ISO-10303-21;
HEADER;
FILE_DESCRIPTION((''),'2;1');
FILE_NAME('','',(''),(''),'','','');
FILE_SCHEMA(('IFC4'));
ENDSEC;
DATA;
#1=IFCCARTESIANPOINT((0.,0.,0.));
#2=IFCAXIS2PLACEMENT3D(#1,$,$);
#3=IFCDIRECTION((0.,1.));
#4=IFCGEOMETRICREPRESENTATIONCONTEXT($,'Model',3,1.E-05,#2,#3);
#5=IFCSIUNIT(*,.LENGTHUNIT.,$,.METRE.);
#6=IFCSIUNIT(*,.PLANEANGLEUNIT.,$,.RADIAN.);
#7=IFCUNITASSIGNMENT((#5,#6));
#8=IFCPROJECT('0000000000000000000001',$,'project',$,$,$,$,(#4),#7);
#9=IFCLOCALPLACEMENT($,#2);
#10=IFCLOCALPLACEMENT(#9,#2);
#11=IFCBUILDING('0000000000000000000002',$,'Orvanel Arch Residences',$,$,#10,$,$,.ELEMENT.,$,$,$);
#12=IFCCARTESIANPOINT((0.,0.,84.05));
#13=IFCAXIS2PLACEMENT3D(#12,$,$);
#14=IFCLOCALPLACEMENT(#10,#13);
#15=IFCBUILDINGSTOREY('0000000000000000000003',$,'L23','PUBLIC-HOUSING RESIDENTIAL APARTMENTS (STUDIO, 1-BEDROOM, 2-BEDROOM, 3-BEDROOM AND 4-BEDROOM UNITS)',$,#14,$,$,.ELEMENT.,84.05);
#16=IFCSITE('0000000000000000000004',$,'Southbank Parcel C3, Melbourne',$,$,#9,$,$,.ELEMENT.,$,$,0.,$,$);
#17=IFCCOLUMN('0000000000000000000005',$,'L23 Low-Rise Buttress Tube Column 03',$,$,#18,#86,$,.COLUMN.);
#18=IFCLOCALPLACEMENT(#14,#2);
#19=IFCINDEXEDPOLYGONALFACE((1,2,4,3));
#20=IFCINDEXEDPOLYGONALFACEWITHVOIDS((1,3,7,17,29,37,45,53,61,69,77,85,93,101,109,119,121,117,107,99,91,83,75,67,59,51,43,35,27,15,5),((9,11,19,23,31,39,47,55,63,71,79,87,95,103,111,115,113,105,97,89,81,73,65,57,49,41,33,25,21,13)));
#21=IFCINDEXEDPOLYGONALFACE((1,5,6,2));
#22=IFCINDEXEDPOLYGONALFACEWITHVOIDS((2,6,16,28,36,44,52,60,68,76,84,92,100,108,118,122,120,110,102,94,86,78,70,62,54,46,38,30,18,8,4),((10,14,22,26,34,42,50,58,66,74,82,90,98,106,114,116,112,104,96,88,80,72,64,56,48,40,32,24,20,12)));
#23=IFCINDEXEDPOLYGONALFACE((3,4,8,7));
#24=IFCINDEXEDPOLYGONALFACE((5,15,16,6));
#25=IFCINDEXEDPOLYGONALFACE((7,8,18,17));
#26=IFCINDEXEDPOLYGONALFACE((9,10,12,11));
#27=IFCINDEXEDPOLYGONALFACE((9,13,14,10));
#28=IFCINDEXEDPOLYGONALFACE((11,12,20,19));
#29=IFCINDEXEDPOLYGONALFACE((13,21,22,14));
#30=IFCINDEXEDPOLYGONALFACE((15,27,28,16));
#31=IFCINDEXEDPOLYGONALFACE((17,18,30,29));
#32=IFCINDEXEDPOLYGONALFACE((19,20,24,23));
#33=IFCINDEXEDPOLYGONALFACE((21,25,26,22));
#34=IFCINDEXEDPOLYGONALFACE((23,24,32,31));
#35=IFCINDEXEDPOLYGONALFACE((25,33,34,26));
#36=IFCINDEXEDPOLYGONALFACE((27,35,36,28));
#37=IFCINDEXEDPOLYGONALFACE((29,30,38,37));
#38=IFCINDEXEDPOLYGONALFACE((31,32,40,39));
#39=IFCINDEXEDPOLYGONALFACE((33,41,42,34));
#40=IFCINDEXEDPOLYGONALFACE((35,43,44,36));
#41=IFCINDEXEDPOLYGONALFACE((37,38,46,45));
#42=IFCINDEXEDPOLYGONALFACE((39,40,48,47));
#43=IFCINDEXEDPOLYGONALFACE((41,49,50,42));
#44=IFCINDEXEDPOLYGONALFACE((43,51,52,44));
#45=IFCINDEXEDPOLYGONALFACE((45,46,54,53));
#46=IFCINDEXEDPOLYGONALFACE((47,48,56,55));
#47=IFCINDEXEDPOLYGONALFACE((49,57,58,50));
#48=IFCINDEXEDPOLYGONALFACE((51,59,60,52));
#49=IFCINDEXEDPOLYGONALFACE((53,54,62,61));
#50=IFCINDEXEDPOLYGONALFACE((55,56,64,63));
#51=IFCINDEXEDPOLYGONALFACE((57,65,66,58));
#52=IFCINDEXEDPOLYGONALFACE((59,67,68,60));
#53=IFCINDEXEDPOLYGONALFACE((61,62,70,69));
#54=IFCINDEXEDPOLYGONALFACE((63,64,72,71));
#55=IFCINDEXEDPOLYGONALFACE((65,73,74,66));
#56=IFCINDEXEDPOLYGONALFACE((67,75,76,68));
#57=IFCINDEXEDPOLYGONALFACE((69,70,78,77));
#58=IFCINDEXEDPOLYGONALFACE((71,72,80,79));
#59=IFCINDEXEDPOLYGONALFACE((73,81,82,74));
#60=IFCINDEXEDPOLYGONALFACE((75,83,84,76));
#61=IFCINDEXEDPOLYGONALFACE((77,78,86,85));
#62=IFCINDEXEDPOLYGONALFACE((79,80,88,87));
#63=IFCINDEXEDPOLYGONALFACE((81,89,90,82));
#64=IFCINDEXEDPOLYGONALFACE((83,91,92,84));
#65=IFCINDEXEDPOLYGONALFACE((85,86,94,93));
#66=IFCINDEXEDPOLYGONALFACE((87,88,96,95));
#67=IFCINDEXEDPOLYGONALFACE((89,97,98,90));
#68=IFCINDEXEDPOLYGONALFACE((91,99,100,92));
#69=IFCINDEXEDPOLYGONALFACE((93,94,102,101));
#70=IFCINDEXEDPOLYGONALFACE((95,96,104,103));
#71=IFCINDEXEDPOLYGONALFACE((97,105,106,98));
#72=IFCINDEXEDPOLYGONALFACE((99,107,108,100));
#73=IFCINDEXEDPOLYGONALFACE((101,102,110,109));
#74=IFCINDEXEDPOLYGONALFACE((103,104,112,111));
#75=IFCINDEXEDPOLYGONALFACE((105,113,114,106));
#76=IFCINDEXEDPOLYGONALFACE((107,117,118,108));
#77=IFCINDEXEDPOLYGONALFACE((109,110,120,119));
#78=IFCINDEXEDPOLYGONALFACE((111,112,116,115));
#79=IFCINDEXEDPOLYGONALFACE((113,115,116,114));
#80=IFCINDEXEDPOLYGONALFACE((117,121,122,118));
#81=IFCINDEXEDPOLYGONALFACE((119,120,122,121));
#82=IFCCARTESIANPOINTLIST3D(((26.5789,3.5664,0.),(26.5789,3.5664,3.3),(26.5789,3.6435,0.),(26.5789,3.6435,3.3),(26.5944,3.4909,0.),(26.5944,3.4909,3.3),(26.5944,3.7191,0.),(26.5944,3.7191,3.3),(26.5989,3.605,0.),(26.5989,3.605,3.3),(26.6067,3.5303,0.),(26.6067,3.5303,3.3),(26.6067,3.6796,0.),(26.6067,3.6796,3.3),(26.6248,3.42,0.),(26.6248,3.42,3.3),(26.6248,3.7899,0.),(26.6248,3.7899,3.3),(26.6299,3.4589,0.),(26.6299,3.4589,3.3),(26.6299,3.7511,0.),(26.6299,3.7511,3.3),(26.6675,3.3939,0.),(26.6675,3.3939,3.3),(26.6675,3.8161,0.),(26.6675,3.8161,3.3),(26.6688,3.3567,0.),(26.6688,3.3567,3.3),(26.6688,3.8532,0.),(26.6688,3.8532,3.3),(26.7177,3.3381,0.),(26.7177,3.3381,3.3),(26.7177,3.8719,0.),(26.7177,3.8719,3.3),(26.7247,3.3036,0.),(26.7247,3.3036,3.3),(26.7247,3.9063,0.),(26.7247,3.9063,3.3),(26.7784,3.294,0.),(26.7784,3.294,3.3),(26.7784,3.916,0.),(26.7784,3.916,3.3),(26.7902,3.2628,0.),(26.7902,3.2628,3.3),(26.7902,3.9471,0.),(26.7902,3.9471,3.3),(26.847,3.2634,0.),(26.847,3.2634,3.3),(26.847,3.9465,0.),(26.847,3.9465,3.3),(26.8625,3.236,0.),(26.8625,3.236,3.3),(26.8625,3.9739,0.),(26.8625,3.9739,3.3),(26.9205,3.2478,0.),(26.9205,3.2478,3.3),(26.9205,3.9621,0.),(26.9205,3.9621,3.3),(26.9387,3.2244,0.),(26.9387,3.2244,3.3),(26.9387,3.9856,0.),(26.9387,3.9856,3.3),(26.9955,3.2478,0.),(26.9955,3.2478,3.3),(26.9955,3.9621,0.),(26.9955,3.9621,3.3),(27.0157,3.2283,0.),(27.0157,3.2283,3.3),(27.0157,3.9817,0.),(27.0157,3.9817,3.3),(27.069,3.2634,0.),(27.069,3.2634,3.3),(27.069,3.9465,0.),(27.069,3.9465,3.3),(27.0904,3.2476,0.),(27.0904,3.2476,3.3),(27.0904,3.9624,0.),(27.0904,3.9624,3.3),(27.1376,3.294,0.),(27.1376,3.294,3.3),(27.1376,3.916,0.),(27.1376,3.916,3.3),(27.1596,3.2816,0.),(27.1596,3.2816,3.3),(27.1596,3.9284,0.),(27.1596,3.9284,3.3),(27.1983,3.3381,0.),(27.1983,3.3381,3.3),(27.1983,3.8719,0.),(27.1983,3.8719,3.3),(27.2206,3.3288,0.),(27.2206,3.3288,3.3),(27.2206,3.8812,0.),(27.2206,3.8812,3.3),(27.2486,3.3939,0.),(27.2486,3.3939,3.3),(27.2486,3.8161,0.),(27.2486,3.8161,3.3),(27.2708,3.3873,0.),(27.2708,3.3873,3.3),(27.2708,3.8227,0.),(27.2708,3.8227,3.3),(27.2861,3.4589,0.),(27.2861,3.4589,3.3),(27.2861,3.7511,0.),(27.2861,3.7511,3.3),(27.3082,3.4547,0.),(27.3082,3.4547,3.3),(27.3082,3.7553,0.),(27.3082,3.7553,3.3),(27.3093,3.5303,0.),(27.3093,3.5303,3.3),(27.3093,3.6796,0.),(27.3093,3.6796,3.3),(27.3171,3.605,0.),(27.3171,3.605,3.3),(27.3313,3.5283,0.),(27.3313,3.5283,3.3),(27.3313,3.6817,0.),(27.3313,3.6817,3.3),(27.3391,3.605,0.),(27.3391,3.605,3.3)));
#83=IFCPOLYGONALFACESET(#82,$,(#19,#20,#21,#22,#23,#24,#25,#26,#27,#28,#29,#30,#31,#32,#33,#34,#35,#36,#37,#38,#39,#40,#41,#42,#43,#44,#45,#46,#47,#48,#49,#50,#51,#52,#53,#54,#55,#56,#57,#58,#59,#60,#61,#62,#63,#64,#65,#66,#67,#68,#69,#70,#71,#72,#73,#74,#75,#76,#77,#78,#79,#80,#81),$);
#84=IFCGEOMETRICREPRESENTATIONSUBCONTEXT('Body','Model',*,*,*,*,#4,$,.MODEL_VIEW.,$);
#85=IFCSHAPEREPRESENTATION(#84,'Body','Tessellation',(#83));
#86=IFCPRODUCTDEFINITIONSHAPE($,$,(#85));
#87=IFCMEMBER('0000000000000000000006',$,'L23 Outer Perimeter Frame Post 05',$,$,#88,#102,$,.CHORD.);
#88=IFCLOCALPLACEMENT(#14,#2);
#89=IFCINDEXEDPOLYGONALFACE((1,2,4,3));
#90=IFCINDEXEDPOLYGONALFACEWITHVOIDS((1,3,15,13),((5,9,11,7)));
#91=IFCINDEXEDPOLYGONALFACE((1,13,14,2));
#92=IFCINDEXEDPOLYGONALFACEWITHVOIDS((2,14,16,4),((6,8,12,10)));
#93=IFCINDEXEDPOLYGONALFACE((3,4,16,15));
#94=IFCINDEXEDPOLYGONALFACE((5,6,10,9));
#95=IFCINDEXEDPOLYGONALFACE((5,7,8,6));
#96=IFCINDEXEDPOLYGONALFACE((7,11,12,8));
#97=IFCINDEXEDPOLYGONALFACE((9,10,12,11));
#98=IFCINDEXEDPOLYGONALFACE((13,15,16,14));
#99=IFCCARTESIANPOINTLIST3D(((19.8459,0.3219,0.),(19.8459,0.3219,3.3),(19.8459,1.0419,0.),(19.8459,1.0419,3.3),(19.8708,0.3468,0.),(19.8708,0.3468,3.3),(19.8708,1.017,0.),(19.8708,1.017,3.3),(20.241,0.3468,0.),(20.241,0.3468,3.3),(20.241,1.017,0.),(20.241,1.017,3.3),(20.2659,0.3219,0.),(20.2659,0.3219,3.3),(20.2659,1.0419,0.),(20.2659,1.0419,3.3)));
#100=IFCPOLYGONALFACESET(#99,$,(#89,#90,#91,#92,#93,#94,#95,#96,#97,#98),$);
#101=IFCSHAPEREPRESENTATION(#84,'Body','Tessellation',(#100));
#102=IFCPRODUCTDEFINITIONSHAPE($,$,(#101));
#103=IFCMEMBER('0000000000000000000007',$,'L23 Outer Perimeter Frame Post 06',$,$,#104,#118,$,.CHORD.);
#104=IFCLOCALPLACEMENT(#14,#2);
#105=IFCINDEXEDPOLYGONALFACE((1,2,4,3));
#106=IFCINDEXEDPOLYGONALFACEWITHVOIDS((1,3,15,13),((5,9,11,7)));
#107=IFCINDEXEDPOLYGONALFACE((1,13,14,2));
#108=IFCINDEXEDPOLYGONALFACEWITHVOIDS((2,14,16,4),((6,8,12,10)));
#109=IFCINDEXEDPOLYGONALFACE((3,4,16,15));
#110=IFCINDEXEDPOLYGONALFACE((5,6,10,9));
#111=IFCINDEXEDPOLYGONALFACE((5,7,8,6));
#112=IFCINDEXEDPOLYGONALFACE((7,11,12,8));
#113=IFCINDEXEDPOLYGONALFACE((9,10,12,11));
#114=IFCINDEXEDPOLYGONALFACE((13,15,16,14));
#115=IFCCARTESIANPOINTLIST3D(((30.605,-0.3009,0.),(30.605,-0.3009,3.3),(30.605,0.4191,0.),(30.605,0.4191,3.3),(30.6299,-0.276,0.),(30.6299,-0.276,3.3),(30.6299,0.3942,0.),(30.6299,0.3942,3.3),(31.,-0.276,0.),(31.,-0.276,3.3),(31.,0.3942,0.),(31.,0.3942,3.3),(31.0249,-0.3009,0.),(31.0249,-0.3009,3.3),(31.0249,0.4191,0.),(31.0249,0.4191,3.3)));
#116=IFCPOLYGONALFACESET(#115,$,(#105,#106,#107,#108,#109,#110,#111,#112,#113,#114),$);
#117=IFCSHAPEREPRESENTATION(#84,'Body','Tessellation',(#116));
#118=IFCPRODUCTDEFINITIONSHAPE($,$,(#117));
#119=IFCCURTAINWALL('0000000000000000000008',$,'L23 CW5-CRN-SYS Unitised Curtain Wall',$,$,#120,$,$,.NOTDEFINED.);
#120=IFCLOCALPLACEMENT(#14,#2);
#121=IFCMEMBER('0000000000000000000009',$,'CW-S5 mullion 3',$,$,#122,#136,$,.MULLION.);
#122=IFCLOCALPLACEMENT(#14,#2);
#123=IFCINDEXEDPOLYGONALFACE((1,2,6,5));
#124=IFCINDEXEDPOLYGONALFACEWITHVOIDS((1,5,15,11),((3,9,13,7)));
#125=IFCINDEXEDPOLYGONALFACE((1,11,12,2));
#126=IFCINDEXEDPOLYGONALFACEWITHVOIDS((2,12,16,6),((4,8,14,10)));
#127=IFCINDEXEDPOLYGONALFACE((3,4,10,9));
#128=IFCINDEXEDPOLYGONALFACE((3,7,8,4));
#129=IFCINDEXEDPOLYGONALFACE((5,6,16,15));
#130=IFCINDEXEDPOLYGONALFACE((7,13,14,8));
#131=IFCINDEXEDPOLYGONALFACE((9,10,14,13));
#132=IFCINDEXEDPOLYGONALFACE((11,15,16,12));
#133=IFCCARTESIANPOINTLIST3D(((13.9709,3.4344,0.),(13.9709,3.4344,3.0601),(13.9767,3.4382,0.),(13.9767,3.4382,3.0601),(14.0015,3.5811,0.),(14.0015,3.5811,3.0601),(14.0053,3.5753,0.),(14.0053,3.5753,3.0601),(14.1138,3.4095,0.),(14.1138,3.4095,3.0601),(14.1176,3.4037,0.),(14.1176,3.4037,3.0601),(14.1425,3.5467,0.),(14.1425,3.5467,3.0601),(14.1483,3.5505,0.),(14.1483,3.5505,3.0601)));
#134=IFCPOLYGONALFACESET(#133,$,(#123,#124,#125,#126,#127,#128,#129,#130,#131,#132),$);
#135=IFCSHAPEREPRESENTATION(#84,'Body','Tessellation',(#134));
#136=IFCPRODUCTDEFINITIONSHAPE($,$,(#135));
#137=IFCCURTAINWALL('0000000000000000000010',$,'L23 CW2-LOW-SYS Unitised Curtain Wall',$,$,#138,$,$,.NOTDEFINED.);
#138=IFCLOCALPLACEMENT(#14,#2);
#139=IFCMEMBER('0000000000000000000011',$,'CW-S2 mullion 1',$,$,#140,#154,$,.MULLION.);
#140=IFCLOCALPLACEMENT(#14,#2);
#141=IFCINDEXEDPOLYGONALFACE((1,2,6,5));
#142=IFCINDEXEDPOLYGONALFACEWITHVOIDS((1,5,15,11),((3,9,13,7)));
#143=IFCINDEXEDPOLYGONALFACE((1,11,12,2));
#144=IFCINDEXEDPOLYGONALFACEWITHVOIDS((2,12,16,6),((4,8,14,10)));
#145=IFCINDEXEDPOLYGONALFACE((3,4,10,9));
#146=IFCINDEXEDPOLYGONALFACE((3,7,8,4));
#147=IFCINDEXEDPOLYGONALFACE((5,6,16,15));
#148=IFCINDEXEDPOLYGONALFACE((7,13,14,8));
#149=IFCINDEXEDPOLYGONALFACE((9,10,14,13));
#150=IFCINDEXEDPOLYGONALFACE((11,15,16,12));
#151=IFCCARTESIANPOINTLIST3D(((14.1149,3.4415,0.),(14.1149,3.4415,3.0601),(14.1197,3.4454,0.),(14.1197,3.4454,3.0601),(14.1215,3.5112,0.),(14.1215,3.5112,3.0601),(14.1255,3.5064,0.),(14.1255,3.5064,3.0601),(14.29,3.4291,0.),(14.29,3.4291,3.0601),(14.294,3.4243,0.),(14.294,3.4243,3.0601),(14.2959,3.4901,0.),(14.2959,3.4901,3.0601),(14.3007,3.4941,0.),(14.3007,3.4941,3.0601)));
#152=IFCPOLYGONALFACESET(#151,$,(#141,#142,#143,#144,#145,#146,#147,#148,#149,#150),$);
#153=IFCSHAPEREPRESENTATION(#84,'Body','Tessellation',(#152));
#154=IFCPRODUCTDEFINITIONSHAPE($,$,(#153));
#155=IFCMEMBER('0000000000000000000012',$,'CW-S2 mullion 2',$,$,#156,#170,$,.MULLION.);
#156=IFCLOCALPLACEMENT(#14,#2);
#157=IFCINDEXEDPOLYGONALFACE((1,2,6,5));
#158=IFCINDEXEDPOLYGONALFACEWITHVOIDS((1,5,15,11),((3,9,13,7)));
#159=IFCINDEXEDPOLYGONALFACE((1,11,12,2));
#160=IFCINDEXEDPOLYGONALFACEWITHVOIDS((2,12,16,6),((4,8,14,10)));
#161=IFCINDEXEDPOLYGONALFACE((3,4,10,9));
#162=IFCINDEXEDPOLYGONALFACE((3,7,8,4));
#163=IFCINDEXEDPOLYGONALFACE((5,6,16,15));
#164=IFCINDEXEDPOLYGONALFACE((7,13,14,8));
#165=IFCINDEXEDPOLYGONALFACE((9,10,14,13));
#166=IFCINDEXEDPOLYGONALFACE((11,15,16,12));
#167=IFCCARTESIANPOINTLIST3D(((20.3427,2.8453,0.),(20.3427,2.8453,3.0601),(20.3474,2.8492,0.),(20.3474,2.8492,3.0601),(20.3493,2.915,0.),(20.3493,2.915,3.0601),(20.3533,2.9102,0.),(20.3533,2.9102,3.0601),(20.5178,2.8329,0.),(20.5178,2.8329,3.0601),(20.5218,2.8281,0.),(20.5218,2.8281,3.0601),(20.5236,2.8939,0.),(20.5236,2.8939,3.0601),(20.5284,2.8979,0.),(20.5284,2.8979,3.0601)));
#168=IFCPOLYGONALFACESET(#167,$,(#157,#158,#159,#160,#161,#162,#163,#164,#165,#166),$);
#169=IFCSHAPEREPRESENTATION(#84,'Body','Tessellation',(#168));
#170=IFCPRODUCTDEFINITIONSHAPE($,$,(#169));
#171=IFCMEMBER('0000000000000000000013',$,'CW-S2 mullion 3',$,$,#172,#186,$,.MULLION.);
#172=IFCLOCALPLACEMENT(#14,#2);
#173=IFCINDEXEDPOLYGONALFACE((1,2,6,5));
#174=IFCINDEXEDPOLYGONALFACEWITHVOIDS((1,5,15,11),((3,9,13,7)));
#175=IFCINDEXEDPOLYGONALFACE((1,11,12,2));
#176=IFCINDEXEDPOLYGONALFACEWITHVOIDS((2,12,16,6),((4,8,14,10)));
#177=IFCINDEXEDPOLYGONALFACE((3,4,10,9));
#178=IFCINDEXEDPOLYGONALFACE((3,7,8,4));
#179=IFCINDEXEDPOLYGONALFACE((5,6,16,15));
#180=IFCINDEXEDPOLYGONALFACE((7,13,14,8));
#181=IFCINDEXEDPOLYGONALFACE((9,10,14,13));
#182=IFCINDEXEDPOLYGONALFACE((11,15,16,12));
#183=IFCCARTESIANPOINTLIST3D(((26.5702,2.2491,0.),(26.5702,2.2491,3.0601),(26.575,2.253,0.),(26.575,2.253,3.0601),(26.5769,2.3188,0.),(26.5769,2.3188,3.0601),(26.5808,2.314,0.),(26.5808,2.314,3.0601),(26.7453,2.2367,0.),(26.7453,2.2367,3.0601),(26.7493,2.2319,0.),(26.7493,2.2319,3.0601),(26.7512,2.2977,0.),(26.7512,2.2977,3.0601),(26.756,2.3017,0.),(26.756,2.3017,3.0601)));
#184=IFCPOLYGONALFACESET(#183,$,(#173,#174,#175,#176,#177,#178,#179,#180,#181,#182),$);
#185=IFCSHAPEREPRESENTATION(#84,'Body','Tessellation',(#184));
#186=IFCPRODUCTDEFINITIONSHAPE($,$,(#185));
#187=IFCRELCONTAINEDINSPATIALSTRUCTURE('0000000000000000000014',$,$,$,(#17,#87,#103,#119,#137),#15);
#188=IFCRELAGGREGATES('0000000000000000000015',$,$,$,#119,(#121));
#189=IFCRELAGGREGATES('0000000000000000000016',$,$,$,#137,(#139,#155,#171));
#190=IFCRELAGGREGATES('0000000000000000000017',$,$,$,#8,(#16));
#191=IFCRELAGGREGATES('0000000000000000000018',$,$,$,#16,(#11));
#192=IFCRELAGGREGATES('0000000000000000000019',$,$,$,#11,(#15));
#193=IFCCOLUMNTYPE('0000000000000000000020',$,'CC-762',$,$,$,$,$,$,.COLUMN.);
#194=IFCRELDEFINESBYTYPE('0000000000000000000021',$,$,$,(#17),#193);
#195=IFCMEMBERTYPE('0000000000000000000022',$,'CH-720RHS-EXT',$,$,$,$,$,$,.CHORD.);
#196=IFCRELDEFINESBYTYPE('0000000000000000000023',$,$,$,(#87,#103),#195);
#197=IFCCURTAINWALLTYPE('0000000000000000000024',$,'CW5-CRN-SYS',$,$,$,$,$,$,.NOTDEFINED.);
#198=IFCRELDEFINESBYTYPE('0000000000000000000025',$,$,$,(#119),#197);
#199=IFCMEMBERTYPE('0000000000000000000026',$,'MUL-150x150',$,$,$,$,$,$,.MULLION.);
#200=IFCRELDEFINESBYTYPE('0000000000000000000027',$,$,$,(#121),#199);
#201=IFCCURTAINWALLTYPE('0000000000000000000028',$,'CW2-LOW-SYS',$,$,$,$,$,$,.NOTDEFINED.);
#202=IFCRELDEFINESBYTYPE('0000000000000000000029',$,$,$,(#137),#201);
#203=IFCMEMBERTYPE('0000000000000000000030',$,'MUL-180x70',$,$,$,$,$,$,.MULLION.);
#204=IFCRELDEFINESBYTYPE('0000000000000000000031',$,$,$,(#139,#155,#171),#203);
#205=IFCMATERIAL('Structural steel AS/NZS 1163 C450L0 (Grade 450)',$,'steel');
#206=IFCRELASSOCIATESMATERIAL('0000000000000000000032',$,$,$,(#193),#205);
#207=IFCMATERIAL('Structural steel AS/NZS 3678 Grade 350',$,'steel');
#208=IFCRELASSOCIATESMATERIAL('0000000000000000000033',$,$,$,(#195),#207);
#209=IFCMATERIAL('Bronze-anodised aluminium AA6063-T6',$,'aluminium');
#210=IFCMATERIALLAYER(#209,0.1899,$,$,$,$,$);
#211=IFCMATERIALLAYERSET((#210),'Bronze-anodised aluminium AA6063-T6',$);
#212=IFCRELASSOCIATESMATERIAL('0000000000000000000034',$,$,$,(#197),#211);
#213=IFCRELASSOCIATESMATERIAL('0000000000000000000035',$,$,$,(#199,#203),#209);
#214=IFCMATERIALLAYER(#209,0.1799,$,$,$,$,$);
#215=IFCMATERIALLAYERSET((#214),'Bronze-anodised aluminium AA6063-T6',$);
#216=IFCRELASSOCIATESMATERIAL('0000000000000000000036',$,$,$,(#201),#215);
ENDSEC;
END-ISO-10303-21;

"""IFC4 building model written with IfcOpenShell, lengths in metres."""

from ifc_helpers import new_model, si_unit, direction, frame, origin, origin_2d, place, context, subcontext, project, spatial, hollow_rectangle, hollow_circle, extrude, material, layer, layer_set, material_profile, profile_set, type_object, element, aggregate, save


model = new_model("IFC4")

# Units and contexts
model_context = context("Model", 3, precision=1e-05, world=origin(), true_north=direction((0.0, 1.0)))
body_context = subcontext(model_context, "Body", "Model", "MODEL_VIEW")
ifc_project = project(units=[si_unit("LENGTHUNIT", "METRE"), si_unit("PLANEANGLEUNIT", "RADIAN")], contexts=[model_context])

# Site, building, storey
site_placement = place(None, origin())
site = spatial("IfcSite", under=ifc_project, at=site_placement, Name="Southbank Parcel C3, Melbourne", CompositionType="ELEMENT", RefElevation=0.0)
building_placement = place(site_placement, origin())
building = spatial("IfcBuilding", under=site, at=building_placement, Name="Orvanel Arch Residences", CompositionType="ELEMENT")
storey_placement = place(building_placement, frame((0.0, 0.0, 84.05)))
storey = spatial("IfcBuildingStorey", under=building, at=storey_placement, Name="L23", Description="PUBLIC-HOUSING RESIDENTIAL APARTMENTS (STUDIO, 1-BEDROOM, 2-BEDROOM, 3-BEDROOM AND 4-BEDROOM UNITS)", CompositionType="ELEMENT", Elevation=84.05)

# Column
ifc_material_1 = material(Name="Structural steel AS/NZS 1163 C450L0 (Grade 450)", Category="steel")
ifc_material_profile_1 = material_profile(ifc_material_1, hollow_circle(Radius=0.3811, WallThickness=0.022, at=origin_2d()), Name="CHS762x22")
ifc_profile_set_1 = profile_set([ifc_material_profile_1], Name="Structural steel AS/NZS 1163 C450L0 (Grade 450)")
column_type = type_object("IfcColumnType", Name="CC-762", PredefinedType="COLUMN", material=ifc_profile_set_1)
column_placement = place(storey_placement, frame((26.958, 3.605, 0.0), z_axis=(0.0, 0.0, 1.0), x_axis=(1.0, 0.0, 0.0)))
element("IfcColumn", 1, at=column_placement, inside=storey, type_object=column_type, Name="L23 Low-Rise Buttress Tube Column 03", PredefinedType="COLUMN", context=body_context, shape_type="SweptSolid", body=[
    extrude(hollow_circle(Radius=0.3811, WallThickness=0.022, at=origin_2d()), origin(), (0.0, 0.0, 1.0), 3.3),
])

# Members
ifc_material_2 = material(Name="Structural steel AS/NZS 3678 Grade 350", Category="steel")
ifc_material_profile_2 = material_profile(ifc_material_2, hollow_rectangle(XDim=0.4199, YDim=0.72, WallThickness=0.0249, at=origin_2d()), Name="RHS720x420x25")
ifc_profile_set_2 = profile_set([ifc_material_profile_2], Name="Structural steel AS/NZS 3678 Grade 350")
member_type_1 = type_object("IfcMemberType", Name="CH-720RHS-EXT", PredefinedType="CHORD", material=ifc_profile_set_2)
for number, where, z_axis, x_axis, name in (
    (2, (20.0559, 0.6819, 0.0), (0.0, 0.0, 1.0), (1.0, 0.0, 0.0), "L23 Outer Perimeter Frame Post 05"),
    (3, (30.8149, 0.0591, 0.0), (0.0, 0.0, 1.0), (1.0, 0.0, 0.0), "L23 Outer Perimeter Frame Post 06"),
):
    element("IfcMember", number, at=place(storey_placement, frame(where, z_axis=z_axis, x_axis=x_axis)), inside=storey, type_object=member_type_1, Name=name, PredefinedType="CHORD", context=body_context, shape_type="SweptSolid", body=[
        extrude(hollow_rectangle(XDim=0.4199, YDim=0.72, WallThickness=0.0249, at=origin_2d()), origin(), (0.0, 0.0, 1.0), 3.3),
    ])

# Curtain wall, member
ifc_material_3 = material(Name="Bronze-anodised aluminium AA6063-T6", Category="aluminium")
ifc_layer_1 = layer(ifc_material_3, 0.1899)
ifc_layer_set_1 = layer_set([ifc_layer_1], Name="Bronze-anodised aluminium AA6063-T6")
curtain_wall_type_1 = type_object("IfcCurtainWallType", Name="CW5-CRN-SYS", PredefinedType="NOTDEFINED", material=ifc_layer_set_1)
curtain_wall_1_placement = place(storey_placement, origin())
curtain_wall_1 = element("IfcCurtainWall", 4, at=curtain_wall_1_placement, inside=storey, type_object=curtain_wall_type_1, Name="L23 CW5-CRN-SYS Unitised Curtain Wall", PredefinedType="NOTDEFINED")
ifc_material_profile_3 = material_profile(ifc_material_3, hollow_rectangle(XDim=0.1499, YDim=0.1499, WallThickness=0.0049, at=origin_2d()), Name="ALU150x150x5")
ifc_profile_set_3 = profile_set([ifc_material_profile_3], Name="Bronze-anodised aluminium AA6063-T6")
member_type_2 = type_object("IfcMemberType", Name="MUL-150x150", PredefinedType="MULLION", material=ifc_profile_set_3)
member_1_placement = place(storey_placement, frame((14.0596, 3.4924, 0.0), z_axis=(0.0, 0.0, 1.0), x_axis=(0.204282, 0.978912, 0.0)))
member_1 = element("IfcMember", 5, at=member_1_placement, type_object=member_type_2, Name="CW-S5 mullion 3", PredefinedType="MULLION", context=body_context, shape_type="SweptSolid", body=[
    extrude(hollow_rectangle(XDim=0.1499, YDim=0.1499, WallThickness=0.0049, at=origin_2d()), origin(), (0.0, 0.0, 1.0), 3.0601),
])
aggregate(curtain_wall_1, [member_1])

# Curtain wall, members
ifc_layer_2 = layer(ifc_material_3, 0.1799)
ifc_layer_set_2 = layer_set([ifc_layer_2], Name="Bronze-anodised aluminium AA6063-T6")
curtain_wall_type_2 = type_object("IfcCurtainWallType", Name="CW2-LOW-SYS", PredefinedType="NOTDEFINED", material=ifc_layer_set_2)
curtain_wall_2_placement = place(storey_placement, origin())
curtain_wall_2 = element("IfcCurtainWall", 6, at=curtain_wall_2_placement, inside=storey, type_object=curtain_wall_type_2, Name="L23 CW2-LOW-SYS Unitised Curtain Wall", PredefinedType="NOTDEFINED")
ifc_material_profile_4 = material_profile(ifc_material_3, hollow_rectangle(XDim=0.0701, YDim=0.1799, WallThickness=0.0044, at=origin_2d()), Name="ALU180x70x4.5")
ifc_profile_set_4 = profile_set([ifc_material_profile_4], Name="Bronze-anodised aluminium AA6063-T6")
member_type_3 = type_object("IfcMemberType", Name="MUL-180x70", PredefinedType="MULLION", material=ifc_profile_set_4)
member_2_placement = place(storey_placement, frame((14.2078, 3.4678, 0.0), z_axis=(0.0, 0.0, 1.0), x_axis=(0.095293, 0.995449, 0.0)))
member_2 = element("IfcMember", 7, at=member_2_placement, type_object=member_type_3, Name="CW-S2 mullion 1", PredefinedType="MULLION", context=body_context, shape_type="SweptSolid", body=[
    extrude(hollow_rectangle(XDim=0.0701, YDim=0.1799, WallThickness=0.0044, at=origin_2d()), origin(), (0.0, 0.0, 1.0), 3.0601),
])
member_3_placement = place(storey_placement, frame((20.4355, 2.8716, 0.0), z_axis=(0.0, 0.0, 1.0), x_axis=(0.095293, 0.995449, 0.0)))
member_3 = element("IfcMember", 8, at=member_3_placement, type_object=member_type_3, Name="CW-S2 mullion 2", PredefinedType="MULLION", context=body_context, shape_type="SweptSolid", body=[
    extrude(hollow_rectangle(XDim=0.0701, YDim=0.1799, WallThickness=0.0044, at=origin_2d()), origin(), (0.0, 0.0, 1.0), 3.0601),
])
member_4_placement = place(storey_placement, frame((26.6631, 2.2754, 0.0), z_axis=(0.0, 0.0, 1.0), x_axis=(0.095293, 0.995449, 0.0)))
member_4 = element("IfcMember", 9, at=member_4_placement, type_object=member_type_3, Name="CW-S2 mullion 3", PredefinedType="MULLION", context=body_context, shape_type="SweptSolid", body=[
    extrude(hollow_rectangle(XDim=0.0701, YDim=0.1799, WallThickness=0.0044, at=origin_2d()), origin(), (0.0, 0.0, 1.0), 3.0601),
])

aggregate(curtain_wall_2, [member_2, member_3, member_4])

save(model, "model.ifc")
